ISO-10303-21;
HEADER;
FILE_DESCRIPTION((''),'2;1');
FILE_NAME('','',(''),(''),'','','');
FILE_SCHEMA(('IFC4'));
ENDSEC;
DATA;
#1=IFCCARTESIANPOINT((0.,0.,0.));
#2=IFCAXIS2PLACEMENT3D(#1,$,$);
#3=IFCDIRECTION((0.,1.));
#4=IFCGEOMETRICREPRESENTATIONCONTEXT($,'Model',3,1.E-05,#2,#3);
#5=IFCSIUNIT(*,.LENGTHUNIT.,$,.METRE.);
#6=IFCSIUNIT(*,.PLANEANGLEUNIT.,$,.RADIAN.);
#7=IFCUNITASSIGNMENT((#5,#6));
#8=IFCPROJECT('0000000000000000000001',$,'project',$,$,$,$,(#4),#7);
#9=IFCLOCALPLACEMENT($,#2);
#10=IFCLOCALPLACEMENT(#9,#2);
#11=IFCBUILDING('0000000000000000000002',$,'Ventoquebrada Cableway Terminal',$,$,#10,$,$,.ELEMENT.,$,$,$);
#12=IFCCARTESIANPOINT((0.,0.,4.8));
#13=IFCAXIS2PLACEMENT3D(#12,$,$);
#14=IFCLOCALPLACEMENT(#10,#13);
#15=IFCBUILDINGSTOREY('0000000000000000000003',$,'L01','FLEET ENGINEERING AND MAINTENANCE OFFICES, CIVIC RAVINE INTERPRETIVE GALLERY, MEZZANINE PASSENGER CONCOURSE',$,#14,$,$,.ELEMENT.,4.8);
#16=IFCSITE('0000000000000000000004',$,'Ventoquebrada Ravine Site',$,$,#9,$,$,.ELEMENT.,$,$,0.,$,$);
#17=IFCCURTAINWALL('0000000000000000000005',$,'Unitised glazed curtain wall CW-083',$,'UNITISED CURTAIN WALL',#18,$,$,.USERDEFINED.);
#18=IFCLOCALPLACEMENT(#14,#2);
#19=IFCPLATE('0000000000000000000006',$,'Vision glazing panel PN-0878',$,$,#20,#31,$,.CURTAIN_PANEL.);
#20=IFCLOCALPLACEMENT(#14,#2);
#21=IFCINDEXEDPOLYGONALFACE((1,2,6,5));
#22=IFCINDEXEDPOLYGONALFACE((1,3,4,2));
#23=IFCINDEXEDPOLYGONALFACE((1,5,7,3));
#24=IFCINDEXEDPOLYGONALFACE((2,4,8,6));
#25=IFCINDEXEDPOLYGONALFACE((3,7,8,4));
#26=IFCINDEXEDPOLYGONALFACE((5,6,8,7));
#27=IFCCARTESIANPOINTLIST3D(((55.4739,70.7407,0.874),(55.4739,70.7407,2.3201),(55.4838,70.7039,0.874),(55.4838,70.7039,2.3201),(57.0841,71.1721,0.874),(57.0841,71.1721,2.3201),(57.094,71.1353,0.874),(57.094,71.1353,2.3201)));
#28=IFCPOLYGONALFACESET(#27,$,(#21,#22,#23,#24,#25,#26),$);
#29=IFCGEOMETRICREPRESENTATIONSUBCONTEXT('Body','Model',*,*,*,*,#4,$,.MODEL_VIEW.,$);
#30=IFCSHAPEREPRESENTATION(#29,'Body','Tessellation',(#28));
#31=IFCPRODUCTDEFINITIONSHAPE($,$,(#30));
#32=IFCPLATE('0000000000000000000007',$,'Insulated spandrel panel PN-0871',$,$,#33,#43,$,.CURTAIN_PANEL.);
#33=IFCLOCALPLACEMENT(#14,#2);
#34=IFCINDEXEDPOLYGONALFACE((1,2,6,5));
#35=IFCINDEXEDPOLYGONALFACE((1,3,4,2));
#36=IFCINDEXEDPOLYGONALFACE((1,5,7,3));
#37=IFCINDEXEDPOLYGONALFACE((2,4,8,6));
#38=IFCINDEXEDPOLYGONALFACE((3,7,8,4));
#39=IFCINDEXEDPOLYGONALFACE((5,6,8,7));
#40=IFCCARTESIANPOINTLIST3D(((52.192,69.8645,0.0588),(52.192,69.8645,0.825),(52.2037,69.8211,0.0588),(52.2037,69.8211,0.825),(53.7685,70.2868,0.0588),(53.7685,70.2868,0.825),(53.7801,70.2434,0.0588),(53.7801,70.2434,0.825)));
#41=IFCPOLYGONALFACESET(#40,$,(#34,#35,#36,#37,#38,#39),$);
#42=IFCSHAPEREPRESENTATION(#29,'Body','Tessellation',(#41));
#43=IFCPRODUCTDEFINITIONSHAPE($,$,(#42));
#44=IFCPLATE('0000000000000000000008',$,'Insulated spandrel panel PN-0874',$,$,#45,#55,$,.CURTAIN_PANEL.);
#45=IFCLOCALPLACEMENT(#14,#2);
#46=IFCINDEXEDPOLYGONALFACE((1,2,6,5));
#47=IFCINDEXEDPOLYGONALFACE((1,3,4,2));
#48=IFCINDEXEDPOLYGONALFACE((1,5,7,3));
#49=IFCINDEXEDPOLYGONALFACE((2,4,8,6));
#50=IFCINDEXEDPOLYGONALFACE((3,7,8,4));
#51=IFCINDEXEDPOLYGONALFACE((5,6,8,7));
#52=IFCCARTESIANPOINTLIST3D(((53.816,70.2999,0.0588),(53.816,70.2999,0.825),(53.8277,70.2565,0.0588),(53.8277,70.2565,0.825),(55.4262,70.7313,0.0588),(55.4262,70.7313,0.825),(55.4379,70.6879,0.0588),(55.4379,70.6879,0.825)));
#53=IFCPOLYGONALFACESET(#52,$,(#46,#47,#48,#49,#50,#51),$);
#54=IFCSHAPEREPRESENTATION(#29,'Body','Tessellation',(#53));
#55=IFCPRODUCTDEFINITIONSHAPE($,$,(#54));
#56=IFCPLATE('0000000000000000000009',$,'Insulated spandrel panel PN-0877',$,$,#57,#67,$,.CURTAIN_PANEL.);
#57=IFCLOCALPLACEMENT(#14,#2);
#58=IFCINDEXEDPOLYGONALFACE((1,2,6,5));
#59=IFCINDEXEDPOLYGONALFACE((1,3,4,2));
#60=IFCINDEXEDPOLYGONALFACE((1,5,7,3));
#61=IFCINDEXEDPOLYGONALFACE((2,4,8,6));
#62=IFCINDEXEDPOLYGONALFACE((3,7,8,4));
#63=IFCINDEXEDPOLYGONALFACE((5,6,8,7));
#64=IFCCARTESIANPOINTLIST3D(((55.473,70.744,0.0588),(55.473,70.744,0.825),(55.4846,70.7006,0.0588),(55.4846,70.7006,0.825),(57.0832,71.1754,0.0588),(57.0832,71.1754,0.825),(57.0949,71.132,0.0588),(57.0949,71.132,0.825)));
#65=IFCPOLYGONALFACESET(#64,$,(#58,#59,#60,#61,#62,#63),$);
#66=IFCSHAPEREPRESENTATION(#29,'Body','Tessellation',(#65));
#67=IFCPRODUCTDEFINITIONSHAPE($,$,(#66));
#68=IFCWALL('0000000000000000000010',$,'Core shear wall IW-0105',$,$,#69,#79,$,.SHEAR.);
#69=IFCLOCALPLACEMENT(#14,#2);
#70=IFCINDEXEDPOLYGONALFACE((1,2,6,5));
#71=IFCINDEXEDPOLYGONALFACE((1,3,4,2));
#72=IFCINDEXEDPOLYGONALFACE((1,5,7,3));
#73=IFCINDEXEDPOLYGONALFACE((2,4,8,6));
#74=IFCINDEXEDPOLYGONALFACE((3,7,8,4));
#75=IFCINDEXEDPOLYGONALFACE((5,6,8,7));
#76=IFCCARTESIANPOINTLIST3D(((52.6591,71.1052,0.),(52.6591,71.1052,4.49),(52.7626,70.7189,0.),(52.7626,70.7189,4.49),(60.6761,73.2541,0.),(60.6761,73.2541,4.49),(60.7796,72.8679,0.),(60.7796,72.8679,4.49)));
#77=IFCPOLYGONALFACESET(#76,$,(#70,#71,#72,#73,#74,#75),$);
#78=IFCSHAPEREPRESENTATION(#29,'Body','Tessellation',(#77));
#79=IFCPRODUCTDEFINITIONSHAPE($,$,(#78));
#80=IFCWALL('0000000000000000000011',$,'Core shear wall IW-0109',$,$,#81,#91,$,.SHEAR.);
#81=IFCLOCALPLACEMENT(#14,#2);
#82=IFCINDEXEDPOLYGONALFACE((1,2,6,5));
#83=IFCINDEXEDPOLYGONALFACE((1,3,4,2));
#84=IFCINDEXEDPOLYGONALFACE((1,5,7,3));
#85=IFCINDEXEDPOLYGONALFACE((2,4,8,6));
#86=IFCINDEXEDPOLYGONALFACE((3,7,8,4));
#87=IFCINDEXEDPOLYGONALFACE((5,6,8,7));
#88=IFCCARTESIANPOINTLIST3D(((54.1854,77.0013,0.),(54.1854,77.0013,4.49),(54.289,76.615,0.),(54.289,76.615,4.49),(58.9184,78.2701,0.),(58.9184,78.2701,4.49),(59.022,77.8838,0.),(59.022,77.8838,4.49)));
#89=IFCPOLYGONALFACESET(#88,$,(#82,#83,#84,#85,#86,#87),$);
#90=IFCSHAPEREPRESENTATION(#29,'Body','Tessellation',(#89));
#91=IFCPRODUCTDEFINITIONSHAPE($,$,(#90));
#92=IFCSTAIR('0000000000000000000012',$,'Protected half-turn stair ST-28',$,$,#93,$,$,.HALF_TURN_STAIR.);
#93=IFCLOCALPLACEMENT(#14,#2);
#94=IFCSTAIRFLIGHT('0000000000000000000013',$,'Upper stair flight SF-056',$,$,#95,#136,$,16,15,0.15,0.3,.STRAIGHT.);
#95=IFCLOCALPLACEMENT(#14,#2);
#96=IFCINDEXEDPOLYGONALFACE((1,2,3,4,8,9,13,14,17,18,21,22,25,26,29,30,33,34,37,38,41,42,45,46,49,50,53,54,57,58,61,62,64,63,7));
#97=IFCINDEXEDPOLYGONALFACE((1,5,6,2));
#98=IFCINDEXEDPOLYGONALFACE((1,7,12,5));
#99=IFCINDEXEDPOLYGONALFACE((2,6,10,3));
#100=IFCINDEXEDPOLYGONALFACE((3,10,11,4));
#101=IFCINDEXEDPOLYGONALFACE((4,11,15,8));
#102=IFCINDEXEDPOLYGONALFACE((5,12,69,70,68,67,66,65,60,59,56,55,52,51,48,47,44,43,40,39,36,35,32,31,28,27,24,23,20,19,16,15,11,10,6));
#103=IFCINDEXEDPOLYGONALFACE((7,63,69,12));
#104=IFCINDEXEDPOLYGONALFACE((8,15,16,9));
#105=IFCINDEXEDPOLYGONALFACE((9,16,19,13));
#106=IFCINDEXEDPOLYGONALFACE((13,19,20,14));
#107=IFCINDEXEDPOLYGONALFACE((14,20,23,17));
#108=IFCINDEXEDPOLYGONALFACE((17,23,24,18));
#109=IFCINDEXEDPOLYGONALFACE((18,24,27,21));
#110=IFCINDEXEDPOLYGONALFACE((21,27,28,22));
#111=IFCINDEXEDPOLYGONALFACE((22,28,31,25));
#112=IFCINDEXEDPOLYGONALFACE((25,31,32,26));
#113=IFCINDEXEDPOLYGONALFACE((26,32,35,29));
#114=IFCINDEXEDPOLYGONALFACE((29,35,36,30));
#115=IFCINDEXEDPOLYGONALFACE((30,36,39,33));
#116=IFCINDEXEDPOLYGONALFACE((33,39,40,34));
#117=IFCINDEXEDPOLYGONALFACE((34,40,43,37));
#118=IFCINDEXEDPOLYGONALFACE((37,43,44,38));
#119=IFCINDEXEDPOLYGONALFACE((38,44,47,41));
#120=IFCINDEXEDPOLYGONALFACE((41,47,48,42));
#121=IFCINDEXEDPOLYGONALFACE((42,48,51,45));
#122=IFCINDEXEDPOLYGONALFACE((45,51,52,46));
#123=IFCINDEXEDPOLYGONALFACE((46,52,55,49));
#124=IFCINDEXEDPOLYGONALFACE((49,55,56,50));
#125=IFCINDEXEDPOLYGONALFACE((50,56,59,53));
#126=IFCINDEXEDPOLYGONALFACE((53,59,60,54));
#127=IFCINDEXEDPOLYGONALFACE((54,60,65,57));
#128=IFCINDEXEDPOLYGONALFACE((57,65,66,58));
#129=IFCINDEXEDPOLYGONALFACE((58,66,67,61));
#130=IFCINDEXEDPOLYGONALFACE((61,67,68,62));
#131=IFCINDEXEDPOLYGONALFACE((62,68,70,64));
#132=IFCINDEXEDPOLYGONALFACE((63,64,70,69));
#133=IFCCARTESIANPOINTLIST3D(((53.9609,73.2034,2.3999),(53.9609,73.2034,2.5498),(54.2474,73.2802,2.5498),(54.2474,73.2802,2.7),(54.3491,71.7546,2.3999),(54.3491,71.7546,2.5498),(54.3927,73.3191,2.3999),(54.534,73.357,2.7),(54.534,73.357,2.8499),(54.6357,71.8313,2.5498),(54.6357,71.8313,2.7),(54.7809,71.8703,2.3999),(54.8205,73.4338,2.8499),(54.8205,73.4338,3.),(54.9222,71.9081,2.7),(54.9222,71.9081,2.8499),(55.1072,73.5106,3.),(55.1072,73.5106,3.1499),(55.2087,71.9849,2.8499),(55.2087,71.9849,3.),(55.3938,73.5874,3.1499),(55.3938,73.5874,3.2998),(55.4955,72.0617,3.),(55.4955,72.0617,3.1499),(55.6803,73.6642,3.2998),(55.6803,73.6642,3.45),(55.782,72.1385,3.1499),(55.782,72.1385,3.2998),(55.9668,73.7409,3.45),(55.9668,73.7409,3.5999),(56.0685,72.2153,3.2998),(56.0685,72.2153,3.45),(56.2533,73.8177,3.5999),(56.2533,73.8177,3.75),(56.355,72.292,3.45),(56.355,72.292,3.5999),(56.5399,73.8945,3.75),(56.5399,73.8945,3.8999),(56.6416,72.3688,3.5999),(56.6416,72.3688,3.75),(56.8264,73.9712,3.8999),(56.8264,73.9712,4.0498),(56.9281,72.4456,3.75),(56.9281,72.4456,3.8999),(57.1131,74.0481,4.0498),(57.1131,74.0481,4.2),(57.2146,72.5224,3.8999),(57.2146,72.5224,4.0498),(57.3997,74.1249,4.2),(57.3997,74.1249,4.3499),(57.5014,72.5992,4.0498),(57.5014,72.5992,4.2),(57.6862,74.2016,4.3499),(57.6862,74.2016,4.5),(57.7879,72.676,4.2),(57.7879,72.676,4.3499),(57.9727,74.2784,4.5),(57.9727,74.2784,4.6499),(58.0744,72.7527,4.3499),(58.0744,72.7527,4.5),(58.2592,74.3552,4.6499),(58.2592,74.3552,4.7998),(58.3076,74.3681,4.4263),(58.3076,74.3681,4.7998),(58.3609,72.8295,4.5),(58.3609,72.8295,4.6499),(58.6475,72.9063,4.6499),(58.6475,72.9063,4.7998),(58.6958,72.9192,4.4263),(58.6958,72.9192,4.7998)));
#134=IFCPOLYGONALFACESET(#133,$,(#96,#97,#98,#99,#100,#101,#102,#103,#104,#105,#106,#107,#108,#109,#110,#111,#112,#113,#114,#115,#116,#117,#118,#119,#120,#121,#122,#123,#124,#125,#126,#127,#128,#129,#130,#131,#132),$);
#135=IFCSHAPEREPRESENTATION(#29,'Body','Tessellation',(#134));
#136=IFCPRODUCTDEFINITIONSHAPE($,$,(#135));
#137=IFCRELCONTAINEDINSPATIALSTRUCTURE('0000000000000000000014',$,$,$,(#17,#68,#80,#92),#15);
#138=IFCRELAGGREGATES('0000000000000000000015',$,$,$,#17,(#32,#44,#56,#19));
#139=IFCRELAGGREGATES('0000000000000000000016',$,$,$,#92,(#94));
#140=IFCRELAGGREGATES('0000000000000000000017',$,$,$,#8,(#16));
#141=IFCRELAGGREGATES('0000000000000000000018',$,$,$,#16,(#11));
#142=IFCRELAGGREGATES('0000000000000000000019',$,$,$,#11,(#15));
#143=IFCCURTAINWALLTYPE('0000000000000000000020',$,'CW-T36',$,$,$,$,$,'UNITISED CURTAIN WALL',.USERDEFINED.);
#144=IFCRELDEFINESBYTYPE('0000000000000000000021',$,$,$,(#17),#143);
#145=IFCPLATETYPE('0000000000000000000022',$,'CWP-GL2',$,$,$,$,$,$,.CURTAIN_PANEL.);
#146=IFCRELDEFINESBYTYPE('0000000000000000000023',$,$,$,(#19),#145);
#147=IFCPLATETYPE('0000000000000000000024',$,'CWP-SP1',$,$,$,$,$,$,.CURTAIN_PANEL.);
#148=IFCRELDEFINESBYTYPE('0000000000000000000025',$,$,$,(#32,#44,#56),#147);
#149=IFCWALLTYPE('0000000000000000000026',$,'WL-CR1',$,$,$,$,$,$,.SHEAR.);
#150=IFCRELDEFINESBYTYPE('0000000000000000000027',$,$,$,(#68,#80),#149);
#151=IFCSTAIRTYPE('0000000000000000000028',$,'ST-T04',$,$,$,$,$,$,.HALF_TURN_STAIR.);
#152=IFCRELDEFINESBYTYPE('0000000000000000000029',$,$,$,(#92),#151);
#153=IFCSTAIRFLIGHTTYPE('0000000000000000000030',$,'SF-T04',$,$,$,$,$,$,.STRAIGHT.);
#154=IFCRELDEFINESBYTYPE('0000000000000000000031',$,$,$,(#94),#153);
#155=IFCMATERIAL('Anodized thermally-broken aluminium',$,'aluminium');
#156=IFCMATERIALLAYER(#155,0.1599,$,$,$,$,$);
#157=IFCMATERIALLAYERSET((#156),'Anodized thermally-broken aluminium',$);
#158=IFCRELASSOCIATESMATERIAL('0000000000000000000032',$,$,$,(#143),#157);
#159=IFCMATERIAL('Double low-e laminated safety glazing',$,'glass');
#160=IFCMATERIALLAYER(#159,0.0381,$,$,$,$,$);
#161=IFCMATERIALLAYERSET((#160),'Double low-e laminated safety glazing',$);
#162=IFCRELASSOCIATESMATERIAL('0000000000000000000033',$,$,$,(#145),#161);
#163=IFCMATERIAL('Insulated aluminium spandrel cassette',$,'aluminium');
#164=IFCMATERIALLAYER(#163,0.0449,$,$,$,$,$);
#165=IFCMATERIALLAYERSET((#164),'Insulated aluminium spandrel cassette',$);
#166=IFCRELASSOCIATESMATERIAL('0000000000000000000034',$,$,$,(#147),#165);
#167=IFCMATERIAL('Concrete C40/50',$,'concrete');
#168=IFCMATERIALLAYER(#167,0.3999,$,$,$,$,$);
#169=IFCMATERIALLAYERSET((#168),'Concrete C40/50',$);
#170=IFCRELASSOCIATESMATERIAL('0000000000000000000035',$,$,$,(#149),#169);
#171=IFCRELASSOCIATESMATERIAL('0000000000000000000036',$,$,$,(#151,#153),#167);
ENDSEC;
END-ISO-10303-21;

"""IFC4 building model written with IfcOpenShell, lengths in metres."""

from ifc_helpers import new_model, si_unit, direction, frame, frame_2d, origin, origin_2d, place, context, subcontext, project, spatial, polyline, rectangle, outline, extrude, material, layer, layer_set, type_object, element, aggregate, save


model = new_model("IFC4")

# Units and contexts
model_context = context("Model", 3, precision=1e-05, world=origin(), true_north=direction((0.0, 1.0)))
body_context = subcontext(model_context, "Body", "Model", "MODEL_VIEW")
ifc_project = project(units=[si_unit("LENGTHUNIT", "METRE"), si_unit("PLANEANGLEUNIT", "RADIAN")], contexts=[model_context])

# Site, building, storey
site_placement = place(None, origin())
site = spatial("IfcSite", under=ifc_project, at=site_placement, Name="Ventoquebrada Ravine Site", CompositionType="ELEMENT", RefElevation=0.0)
building_placement = place(site_placement, origin())
building = spatial("IfcBuilding", under=site, at=building_placement, Name="Ventoquebrada Cableway Terminal", CompositionType="ELEMENT")
storey_placement = place(building_placement, frame((0.0, 0.0, 4.8)))
storey = spatial("IfcBuildingStorey", under=building, at=storey_placement, Name="L01", Description="FLEET ENGINEERING AND MAINTENANCE OFFICES, CIVIC RAVINE INTERPRETIVE GALLERY, MEZZANINE PASSENGER CONCOURSE", CompositionType="ELEMENT", Elevation=4.8)

# Curtain wall, plates
ifc_material_1 = material(Name="Anodized thermally-broken aluminium", Category="aluminium")
ifc_layer_1 = layer(ifc_material_1, 0.1599)
ifc_layer_set_1 = layer_set([ifc_layer_1], Name="Anodized thermally-broken aluminium")
curtain_wall_type = type_object("IfcCurtainWallType", Name="CW-T36", ElementType="UNITISED CURTAIN WALL", PredefinedType="USERDEFINED", material=ifc_layer_set_1)
curtain_wall_placement = place(storey_placement, origin())
curtain_wall = element("IfcCurtainWall", 1, at=curtain_wall_placement, inside=storey, type_object=curtain_wall_type, Name="Unitised glazed curtain wall CW-083", ObjectType="UNITISED CURTAIN WALL", PredefinedType="USERDEFINED")
ifc_material_2 = material(Name="Double low-e laminated safety glazing", Category="glass")
ifc_layer_2 = layer(ifc_material_2, 0.0381)
ifc_layer_set_2 = layer_set([ifc_layer_2], Name="Double low-e laminated safety glazing")
plate_type_1 = type_object("IfcPlateType", Name="CWP-GL2", PredefinedType="CURTAIN_PANEL", material=ifc_layer_set_2)
plate_1_placement = place(storey_placement, frame((56.2839, 70.938, 0.874), z_axis=(0.0, 0.0, 1.0), x_axis=(0.965935, 0.258785, 0.0)))
plate_1 = element("IfcPlate", 2, at=plate_1_placement, type_object=plate_type_1, Name="Vision glazing panel PN-0878", PredefinedType="CURTAIN_PANEL", context=body_context, shape_type="SweptSolid", body=[
    extrude(rectangle(XDim=1.667, YDim=0.0381, at=origin_2d()), origin(), (0.0, 0.0, 1.0), 1.446),
])
ifc_material_3 = material(Name="Insulated aluminium spandrel cassette", Category="aluminium")
ifc_layer_3 = layer(ifc_material_3, 0.0449)
ifc_layer_set_3 = layer_set([ifc_layer_3], Name="Insulated aluminium spandrel cassette")
plate_type_2 = type_object("IfcPlateType", Name="CWP-SP1", PredefinedType="CURTAIN_PANEL", material=ifc_layer_set_3)
plate_2_placement = place(storey_placement, frame((52.9861, 70.054, 0.0588), z_axis=(0.0, 0.0, 1.0), x_axis=(0.965935, 0.258785, 0.0)))
plate_2 = element("IfcPlate", 3, at=plate_2_placement, type_object=plate_type_2, Name="Insulated spandrel panel PN-0871", PredefinedType="CURTAIN_PANEL", context=body_context, shape_type="SweptSolid", body=[
    extrude(rectangle(XDim=1.6321, YDim=0.0449, at=origin_2d()), origin(), (0.0, 0.0, 1.0), 0.7661),
])
plate_3_placement = place(storey_placement, frame((54.627, 70.4939, 0.0588), z_axis=(0.0, 0.0, 1.0), x_axis=(0.965935, 0.258785, 0.0)))
plate_3 = element("IfcPlate", 4, at=plate_3_placement, type_object=plate_type_2, Name="Insulated spandrel panel PN-0874", PredefinedType="CURTAIN_PANEL", context=body_context, shape_type="SweptSolid", body=[
    extrude(rectangle(XDim=1.667, YDim=0.0449, at=origin_2d()), origin(), (0.0, 0.0, 1.0), 0.7661),
])
plate_4_placement = place(storey_placement, frame((56.2839, 70.938, 0.0588), z_axis=(0.0, 0.0, 1.0), x_axis=(0.965935, 0.258785, 0.0)))
plate_4 = element("IfcPlate", 5, at=plate_4_placement, type_object=plate_type_2, Name="Insulated spandrel panel PN-0877", PredefinedType="CURTAIN_PANEL", context=body_context, shape_type="SweptSolid", body=[
    extrude(rectangle(XDim=1.667, YDim=0.0449, at=origin_2d()), origin(), (0.0, 0.0, 1.0), 0.7661),
])
aggregate(curtain_wall, [plate_2, plate_3, plate_4, plate_1])

# Walls
ifc_material_4 = material(Name="Concrete C40/50", Category="concrete")
ifc_layer_4 = layer(ifc_material_4, 0.3999)
ifc_layer_set_4 = layer_set([ifc_layer_4], Name="Concrete C40/50")
wall_type = type_object("IfcWallType", Name="WL-CR1", PredefinedType="SHEAR", material=ifc_layer_set_4)
wall_1_placement = place(storey_placement, frame((52.7109, 70.9121, 0.0), z_axis=(0.0, 0.0, 1.0), x_axis=(0.965903, 0.258904, 0.0)))
element("IfcWall", 6, at=wall_1_placement, inside=storey, type_object=wall_type, Name="Core shear wall IW-0105", PredefinedType="SHEAR", context=body_context, shape_type="SweptSolid", body=[
    extrude(rectangle(XDim=8.3, YDim=0.3999, at=frame_2d((4.1499, 0.0))), origin(), (0.0, 0.0, 1.0), 4.49),
])
wall_2_placement = place(storey_placement, frame((54.2371, 76.8081, 0.0), z_axis=(0.0, 0.0, 1.0), x_axis=(0.965894, 0.258937, 0.0)))
element("IfcWall", 7, at=wall_2_placement, inside=storey, type_object=wall_type, Name="Core shear wall IW-0109", PredefinedType="SHEAR", context=body_context, shape_type="SweptSolid", body=[
    extrude(rectangle(XDim=4.9001, YDim=0.3999, at=frame_2d((2.4502, 0.0))), origin(), (0.0, 0.0, 1.0), 4.49),
])

# Stair, stair flight
stair_type = type_object("IfcStairType", Name="ST-T04", PredefinedType="HALF_TURN_STAIR", material=ifc_material_4)
stair_placement = place(storey_placement, origin())
stair = element("IfcStair", 8, at=stair_placement, inside=storey, type_object=stair_type, Name="Protected half-turn stair ST-28", PredefinedType="HALF_TURN_STAIR")
stair_flight_type = type_object("IfcStairFlightType", Name="SF-T04", PredefinedType="STRAIGHT", material=ifc_material_4)
stair_flight_placement = place(storey_placement, frame((54.155, 72.479, 2.3999), z_axis=(0.0, 0.0, 1.0), x_axis=(0.965926, 0.258819, 0.0)))
stair_flight = element("IfcStairFlight", 9, at=stair_flight_placement, type_object=stair_flight_type, Name="Upper stair flight SF-056", NumberOfRisers=16, NumberOfTreads=15, PredefinedType="STRAIGHT", RiserHeight=0.15, TreadLength=0.3, context=body_context, shape_type="SweptSolid", body=[
    extrude(outline(polyline([(0.0, 0.0), (0.0, 0.1499), (0.2966, 0.1499), (0.2966, 0.3), (0.5933, 0.3), (0.5933, 0.45), (0.8899, 0.45), (0.8899, 0.6001), (1.1868, 0.6001), (1.1868, 0.75), (1.4834, 0.75), (1.4834, 0.8999), (1.78, 0.8999), (1.78, 1.05), (2.0767, 1.05), (2.0767, 1.2), (2.3733, 1.2), (2.3733, 1.3501), (2.6699, 1.3501), (2.6699, 1.5), (2.9666, 1.5), (2.9666, 1.6499), (3.2634, 1.6499), (3.2634, 1.8), (3.5601, 1.8), (3.5601, 1.95), (3.8567, 1.95), (3.8567, 2.1001), (4.1533, 2.1001), (4.1533, 2.25), (4.45, 2.25), (4.45, 2.3999), (4.5, 2.3999), (4.5, 2.0264), (0.447, 0.0), (0.0, 0.0)])), frame((0.0, 0.75, 0.0), z_axis=(0.0, -1.0, 0.0), x_axis=(1.0, 0.0, 0.0)), (0.0, 0.0, 1.0), 1.5),
])
aggregate(stair, [stair_flight])

save(model, "model.ifc")
